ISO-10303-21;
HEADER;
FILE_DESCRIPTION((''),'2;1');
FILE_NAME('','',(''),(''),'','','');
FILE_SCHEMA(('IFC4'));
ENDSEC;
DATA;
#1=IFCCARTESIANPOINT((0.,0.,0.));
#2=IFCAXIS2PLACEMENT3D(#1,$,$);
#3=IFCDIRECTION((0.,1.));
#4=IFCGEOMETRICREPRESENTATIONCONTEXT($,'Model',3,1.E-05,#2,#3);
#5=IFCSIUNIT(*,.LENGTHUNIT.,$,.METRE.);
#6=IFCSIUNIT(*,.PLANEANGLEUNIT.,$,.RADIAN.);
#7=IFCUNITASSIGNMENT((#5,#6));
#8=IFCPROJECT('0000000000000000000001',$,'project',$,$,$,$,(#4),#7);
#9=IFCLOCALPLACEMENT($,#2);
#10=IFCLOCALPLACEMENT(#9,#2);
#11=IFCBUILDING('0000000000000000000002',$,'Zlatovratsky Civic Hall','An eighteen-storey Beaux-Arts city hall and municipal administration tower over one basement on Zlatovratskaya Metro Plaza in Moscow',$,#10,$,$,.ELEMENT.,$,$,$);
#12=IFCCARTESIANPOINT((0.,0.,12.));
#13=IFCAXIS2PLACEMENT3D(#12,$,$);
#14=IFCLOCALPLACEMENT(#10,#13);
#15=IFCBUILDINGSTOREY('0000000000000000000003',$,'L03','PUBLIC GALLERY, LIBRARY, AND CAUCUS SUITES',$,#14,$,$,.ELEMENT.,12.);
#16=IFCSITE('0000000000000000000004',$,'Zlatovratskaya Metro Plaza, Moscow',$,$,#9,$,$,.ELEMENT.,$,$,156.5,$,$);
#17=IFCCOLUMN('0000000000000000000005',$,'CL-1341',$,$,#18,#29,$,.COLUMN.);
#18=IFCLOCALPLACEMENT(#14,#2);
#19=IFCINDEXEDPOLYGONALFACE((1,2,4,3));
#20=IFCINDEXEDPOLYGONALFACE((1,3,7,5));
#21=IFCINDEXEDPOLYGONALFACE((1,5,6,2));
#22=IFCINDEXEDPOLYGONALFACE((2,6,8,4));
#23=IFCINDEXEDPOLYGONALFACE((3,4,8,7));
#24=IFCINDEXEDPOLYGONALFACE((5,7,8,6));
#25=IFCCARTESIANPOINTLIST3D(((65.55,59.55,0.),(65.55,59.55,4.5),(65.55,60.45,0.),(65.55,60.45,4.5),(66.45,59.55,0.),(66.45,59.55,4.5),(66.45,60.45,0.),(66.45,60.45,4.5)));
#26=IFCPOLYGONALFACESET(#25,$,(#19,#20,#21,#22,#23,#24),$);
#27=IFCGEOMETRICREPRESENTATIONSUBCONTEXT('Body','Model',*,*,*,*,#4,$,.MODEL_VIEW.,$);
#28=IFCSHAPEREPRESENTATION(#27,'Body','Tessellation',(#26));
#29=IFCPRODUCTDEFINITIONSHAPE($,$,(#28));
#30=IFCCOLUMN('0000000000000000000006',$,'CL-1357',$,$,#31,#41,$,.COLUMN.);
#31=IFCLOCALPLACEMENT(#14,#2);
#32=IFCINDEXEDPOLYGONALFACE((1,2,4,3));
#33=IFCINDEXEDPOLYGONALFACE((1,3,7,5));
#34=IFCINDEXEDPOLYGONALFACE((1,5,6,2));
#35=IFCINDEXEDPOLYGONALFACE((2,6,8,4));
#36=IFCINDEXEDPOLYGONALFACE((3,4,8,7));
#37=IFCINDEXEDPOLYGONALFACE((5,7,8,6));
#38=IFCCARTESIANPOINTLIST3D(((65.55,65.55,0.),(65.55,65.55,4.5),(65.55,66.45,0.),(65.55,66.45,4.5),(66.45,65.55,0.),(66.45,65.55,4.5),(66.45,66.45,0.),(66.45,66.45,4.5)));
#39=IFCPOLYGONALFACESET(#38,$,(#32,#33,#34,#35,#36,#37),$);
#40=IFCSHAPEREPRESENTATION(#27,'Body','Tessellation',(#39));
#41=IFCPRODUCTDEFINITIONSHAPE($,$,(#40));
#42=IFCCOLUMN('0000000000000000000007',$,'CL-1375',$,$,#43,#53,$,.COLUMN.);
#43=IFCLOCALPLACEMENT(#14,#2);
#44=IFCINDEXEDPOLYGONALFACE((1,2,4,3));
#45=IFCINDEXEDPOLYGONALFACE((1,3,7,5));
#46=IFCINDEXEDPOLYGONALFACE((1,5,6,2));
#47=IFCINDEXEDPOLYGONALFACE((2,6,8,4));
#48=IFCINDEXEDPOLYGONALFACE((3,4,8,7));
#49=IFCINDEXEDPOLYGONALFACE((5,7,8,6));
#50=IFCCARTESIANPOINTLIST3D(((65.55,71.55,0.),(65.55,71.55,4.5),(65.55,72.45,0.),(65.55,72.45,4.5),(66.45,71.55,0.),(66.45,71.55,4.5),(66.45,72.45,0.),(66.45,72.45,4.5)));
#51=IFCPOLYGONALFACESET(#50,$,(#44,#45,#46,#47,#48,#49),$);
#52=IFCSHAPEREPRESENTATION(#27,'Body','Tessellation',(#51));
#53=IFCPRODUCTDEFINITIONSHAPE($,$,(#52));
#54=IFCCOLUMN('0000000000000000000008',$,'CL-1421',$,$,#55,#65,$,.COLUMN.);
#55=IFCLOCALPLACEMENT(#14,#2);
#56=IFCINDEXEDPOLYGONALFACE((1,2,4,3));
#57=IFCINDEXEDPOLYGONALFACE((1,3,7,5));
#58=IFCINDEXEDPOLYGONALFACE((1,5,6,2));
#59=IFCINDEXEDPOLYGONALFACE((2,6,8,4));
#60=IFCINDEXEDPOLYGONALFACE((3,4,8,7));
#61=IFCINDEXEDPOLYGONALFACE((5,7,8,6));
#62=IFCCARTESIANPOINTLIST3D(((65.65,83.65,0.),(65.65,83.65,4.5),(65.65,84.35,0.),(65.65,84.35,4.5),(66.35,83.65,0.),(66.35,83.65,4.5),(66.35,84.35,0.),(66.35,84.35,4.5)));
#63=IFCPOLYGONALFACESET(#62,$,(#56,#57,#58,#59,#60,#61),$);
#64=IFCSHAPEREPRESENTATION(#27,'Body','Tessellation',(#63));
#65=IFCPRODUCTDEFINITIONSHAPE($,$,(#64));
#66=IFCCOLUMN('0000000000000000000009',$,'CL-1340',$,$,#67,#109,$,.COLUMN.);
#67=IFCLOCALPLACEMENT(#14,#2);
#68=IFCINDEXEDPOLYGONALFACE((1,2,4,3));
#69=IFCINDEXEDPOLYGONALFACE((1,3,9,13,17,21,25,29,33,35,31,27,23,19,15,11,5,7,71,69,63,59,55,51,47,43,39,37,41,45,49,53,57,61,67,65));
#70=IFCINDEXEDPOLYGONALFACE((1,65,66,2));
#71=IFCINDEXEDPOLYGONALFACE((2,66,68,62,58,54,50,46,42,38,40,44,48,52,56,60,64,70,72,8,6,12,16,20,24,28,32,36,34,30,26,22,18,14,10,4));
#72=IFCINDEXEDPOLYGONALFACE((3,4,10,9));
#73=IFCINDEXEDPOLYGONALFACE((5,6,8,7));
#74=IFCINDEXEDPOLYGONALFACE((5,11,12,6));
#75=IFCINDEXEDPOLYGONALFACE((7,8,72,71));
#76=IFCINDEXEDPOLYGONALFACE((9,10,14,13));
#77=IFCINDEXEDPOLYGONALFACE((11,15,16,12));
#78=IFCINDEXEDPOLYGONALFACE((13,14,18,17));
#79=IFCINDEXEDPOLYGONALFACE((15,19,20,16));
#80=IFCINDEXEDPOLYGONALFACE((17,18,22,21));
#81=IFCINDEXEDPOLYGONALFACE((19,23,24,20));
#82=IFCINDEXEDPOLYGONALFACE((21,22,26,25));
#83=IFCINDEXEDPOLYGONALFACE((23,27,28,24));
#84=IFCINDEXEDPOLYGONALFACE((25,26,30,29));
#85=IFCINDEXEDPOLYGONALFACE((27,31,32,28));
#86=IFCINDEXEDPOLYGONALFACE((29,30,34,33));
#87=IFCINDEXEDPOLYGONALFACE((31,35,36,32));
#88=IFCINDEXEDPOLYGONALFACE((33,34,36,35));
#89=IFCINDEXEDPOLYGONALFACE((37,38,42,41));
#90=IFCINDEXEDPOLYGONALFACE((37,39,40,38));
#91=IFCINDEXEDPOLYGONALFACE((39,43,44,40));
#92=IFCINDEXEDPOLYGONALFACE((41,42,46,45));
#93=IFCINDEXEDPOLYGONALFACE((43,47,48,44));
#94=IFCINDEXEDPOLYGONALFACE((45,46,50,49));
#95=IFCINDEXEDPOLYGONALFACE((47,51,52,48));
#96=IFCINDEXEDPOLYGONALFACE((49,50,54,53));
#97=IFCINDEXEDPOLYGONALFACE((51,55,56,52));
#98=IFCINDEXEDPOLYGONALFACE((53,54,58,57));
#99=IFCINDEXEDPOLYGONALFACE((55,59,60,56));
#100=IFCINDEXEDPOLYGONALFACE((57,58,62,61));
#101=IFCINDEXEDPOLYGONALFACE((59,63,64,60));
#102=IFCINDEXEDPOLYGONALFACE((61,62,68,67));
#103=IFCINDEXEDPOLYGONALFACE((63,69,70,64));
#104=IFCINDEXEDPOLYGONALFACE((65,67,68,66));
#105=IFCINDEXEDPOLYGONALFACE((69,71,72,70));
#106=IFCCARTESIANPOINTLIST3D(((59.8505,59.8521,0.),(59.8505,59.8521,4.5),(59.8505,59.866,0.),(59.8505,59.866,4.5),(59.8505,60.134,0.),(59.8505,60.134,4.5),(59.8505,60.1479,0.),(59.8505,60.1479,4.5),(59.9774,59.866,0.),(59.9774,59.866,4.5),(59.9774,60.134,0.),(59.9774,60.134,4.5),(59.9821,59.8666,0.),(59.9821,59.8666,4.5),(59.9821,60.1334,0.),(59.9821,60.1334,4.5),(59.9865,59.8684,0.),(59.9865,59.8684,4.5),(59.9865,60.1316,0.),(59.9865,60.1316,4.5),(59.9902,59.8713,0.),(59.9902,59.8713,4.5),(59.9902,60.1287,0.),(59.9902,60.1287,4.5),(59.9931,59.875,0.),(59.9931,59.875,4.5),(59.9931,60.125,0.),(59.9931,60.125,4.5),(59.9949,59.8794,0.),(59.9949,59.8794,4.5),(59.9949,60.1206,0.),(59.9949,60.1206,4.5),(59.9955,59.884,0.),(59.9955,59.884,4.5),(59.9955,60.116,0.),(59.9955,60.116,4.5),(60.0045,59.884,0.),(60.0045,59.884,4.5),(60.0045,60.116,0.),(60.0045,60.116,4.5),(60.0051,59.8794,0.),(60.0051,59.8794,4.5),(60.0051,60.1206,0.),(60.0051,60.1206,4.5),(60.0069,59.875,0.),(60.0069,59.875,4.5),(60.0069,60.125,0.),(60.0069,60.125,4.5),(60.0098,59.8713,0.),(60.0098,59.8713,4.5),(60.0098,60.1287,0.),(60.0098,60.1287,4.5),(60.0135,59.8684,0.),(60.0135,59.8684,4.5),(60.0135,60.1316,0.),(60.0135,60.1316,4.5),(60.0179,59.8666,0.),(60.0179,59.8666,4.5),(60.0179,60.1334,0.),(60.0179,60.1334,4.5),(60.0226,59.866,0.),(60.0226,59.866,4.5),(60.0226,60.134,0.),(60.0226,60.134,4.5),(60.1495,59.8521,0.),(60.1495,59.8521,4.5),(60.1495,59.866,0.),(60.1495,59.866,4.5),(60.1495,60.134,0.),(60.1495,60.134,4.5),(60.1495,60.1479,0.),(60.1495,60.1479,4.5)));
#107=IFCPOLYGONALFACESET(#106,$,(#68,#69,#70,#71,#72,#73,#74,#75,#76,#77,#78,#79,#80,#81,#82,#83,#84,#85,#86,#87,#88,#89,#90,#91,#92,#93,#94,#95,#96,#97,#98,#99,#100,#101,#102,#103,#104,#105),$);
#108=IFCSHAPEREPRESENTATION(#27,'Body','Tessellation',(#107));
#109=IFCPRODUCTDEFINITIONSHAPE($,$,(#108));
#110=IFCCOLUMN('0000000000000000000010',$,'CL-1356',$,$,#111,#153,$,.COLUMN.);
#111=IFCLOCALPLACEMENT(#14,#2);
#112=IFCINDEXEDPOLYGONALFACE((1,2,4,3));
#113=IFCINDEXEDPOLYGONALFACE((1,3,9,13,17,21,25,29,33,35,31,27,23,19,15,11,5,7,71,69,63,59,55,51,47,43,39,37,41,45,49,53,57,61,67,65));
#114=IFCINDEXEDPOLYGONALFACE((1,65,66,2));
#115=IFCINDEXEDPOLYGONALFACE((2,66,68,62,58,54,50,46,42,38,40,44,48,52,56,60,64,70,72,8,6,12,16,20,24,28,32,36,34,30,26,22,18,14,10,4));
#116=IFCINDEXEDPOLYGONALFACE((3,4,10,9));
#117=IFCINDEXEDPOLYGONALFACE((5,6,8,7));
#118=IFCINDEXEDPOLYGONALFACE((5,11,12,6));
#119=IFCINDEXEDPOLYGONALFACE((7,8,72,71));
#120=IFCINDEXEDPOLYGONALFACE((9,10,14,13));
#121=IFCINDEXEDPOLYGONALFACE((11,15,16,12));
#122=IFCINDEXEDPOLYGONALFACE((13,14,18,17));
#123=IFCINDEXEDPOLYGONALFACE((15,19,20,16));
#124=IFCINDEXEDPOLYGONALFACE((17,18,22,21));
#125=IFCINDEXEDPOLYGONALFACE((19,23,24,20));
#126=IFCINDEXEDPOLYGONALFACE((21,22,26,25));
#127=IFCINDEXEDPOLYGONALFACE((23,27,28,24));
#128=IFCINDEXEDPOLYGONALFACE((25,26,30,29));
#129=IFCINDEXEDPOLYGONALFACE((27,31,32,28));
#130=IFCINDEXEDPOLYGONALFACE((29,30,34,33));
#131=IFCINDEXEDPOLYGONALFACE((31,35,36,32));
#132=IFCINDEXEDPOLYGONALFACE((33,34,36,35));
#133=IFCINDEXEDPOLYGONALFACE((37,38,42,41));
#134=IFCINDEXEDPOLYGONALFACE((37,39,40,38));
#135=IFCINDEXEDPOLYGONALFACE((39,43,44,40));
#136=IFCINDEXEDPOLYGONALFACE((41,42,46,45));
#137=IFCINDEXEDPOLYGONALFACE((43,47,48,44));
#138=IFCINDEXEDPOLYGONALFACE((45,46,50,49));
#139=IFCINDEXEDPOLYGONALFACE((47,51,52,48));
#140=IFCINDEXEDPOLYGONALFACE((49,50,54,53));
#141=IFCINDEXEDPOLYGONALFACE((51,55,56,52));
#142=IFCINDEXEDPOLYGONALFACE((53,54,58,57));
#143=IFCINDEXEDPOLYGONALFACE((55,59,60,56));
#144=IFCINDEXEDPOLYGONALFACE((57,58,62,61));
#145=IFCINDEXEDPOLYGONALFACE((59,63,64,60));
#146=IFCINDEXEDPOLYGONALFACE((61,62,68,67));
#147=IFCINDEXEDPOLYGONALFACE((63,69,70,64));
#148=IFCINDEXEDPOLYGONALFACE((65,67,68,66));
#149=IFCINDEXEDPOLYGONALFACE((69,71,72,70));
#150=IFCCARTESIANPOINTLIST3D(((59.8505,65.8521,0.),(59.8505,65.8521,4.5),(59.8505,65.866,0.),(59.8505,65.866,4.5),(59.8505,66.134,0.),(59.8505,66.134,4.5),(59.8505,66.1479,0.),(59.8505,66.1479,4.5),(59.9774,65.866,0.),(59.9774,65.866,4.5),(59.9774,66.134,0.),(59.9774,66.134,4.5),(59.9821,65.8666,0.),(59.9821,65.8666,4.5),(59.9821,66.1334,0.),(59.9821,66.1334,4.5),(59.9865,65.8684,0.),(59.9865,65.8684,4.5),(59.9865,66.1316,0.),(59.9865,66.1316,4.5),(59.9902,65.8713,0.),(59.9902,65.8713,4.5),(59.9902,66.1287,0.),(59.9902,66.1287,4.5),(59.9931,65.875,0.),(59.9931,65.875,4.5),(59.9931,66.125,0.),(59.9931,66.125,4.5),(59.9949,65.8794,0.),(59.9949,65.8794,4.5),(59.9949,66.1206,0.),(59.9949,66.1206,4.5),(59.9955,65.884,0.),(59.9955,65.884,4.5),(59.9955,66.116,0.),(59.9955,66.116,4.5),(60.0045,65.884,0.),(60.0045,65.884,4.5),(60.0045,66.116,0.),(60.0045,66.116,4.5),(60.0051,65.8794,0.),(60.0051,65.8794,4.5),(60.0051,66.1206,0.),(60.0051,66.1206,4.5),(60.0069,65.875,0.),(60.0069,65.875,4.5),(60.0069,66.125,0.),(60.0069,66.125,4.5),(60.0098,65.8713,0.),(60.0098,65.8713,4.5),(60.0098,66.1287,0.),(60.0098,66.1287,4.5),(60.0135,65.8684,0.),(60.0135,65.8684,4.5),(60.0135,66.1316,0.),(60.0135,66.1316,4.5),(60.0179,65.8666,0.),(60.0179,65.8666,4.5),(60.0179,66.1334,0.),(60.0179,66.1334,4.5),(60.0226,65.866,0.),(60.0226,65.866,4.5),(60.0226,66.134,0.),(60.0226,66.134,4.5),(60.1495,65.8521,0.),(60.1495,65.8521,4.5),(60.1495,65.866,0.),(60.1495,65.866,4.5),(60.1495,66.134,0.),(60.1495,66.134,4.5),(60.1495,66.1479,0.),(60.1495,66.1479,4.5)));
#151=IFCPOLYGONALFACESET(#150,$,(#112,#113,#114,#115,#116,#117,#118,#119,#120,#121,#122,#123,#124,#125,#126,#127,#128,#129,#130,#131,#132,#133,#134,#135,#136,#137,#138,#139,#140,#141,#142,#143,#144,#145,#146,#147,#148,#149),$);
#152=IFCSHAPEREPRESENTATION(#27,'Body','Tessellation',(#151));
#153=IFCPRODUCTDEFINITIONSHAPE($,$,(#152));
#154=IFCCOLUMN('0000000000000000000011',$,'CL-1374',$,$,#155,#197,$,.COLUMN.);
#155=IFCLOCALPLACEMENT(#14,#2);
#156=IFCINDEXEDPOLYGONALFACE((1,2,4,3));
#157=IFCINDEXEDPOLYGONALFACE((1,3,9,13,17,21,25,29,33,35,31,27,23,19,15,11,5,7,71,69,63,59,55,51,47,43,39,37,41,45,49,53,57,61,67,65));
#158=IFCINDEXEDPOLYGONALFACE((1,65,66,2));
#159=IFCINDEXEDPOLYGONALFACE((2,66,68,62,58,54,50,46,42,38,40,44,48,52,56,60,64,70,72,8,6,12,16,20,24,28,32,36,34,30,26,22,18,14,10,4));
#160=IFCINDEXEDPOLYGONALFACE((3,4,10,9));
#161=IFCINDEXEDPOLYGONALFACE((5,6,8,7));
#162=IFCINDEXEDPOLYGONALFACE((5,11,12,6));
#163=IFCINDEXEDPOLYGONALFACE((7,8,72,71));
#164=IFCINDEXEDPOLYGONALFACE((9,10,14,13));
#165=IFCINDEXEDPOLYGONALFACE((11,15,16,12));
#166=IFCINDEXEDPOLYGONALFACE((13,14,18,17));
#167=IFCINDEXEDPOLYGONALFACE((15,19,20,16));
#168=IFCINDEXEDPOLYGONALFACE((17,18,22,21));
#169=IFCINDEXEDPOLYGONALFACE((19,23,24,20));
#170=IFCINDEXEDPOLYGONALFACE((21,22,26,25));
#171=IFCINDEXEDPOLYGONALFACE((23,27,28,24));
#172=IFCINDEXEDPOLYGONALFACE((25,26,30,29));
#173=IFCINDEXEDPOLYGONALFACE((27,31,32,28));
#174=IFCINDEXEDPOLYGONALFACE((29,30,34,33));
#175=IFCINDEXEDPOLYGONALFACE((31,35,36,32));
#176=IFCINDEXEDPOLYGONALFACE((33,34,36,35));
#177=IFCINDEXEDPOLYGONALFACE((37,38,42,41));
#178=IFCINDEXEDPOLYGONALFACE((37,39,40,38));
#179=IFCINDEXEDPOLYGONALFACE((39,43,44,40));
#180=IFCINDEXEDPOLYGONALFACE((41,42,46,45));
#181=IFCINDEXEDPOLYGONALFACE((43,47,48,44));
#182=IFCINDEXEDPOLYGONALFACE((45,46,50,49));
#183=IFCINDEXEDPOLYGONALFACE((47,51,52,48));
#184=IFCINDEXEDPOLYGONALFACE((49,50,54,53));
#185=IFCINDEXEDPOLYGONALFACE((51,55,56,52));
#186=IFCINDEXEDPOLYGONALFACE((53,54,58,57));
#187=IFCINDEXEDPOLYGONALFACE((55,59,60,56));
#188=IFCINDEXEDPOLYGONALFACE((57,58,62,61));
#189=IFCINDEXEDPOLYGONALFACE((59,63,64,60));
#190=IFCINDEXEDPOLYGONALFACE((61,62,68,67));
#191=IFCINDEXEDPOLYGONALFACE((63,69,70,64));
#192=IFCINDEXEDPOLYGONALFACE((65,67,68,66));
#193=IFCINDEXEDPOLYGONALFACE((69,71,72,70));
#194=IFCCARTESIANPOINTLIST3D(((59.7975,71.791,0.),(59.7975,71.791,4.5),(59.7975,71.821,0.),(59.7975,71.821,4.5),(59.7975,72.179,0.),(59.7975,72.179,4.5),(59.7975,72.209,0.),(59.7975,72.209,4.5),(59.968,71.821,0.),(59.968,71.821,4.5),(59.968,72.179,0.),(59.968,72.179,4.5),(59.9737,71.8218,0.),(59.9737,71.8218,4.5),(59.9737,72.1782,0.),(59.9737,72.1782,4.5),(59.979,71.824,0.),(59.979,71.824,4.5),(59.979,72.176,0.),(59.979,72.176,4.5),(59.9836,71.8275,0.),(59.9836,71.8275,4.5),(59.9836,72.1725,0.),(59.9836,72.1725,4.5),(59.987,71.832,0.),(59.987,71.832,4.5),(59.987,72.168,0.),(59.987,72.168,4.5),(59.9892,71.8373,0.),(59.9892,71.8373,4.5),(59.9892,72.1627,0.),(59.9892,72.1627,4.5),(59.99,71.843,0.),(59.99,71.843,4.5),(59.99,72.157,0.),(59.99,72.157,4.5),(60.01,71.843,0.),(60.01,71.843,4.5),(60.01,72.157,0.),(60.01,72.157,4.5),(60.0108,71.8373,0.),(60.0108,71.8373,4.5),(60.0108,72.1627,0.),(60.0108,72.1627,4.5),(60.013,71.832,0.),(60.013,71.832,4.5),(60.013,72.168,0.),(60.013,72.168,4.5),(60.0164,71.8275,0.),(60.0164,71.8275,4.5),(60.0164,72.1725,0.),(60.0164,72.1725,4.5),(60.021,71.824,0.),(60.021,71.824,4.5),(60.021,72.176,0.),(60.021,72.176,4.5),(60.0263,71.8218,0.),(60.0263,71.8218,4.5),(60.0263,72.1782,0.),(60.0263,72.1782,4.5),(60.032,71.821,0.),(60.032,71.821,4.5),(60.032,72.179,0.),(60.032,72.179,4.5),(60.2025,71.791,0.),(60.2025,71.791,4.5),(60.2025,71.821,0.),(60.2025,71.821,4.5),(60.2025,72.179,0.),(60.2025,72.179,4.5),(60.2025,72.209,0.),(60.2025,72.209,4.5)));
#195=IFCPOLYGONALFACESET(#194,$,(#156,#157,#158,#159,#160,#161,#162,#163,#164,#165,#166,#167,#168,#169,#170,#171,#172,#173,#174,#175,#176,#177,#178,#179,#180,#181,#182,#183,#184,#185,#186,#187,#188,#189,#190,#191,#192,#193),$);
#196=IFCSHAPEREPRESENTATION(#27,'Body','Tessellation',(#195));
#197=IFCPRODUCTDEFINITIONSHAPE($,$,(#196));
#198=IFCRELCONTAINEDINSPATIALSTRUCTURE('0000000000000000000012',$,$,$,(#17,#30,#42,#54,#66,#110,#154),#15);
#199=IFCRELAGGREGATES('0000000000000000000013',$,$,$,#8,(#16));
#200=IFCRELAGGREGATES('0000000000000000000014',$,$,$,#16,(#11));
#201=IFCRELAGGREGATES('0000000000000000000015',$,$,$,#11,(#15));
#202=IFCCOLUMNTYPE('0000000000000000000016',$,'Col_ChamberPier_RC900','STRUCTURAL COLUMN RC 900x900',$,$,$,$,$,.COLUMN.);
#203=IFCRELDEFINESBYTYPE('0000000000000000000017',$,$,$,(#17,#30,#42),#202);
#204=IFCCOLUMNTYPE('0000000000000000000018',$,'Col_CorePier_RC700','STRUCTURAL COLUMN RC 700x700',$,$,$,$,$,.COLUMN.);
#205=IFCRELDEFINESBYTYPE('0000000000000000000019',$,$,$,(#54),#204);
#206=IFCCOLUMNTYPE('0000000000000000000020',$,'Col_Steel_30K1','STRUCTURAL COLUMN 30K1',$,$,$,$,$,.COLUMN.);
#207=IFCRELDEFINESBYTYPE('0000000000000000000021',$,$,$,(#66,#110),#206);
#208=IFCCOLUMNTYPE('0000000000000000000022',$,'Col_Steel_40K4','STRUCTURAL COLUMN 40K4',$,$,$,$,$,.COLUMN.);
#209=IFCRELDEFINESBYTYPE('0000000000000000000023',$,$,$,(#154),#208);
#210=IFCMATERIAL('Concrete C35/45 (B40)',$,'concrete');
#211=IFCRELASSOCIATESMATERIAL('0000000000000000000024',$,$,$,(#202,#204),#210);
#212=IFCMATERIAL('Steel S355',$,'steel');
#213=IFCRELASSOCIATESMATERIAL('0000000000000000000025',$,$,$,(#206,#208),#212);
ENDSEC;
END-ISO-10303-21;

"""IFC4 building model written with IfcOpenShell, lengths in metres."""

from ifc_helpers import new_model, si_unit, direction, frame, origin, origin_2d, place, context, subcontext, project, spatial, rectangle, i_section, extrude, material, material_profile, profile_set, type_object, element, save


model = new_model("IFC4")

# Units and contexts
model_context = context("Model", 3, precision=1e-05, world=origin(), true_north=direction((0.0, 1.0)))
body_context = subcontext(model_context, "Body", "Model", "MODEL_VIEW")
ifc_project = project(units=[si_unit("LENGTHUNIT", "METRE"), si_unit("PLANEANGLEUNIT", "RADIAN")], contexts=[model_context])

# Site, building, storey
site_placement = place(None, origin())
site = spatial("IfcSite", under=ifc_project, at=site_placement, Name="Zlatovratskaya Metro Plaza, Moscow", CompositionType="ELEMENT", RefElevation=156.5)
building_placement = place(site_placement, origin())
building = spatial("IfcBuilding", under=site, at=building_placement, Name="Zlatovratsky Civic Hall", Description="An eighteen-storey Beaux-Arts city hall and municipal administration tower over one basement on Zlatovratskaya Metro Plaza in Moscow", CompositionType="ELEMENT")
storey_placement = place(building_placement, frame((0.0, 0.0, 12.0)))
storey = spatial("IfcBuildingStorey", under=building, at=storey_placement, Name="L03", Description="PUBLIC GALLERY, LIBRARY, AND CAUCUS SUITES", CompositionType="ELEMENT", Elevation=12.0)

# Columns
ifc_material_1 = material(Name="Concrete C35/45 (B40)", Category="concrete")
ifc_material_profile_1 = material_profile(ifc_material_1, rectangle(XDim=0.8999, YDim=0.8999, at=origin_2d()), Name="RC 900x900")
ifc_profile_set_1 = profile_set([ifc_material_profile_1], Name="Concrete C35/45 (B40)")
column_type_1 = type_object("IfcColumnType", Name="Col_ChamberPier_RC900", Description="STRUCTURAL COLUMN RC 900x900", PredefinedType="COLUMN", material=ifc_profile_set_1)
for number, where, z_axis, x_axis, name in (
    (1, (66.0, 60.0, 0.0), (0.0, 0.0, 1.0), (1.0, 0.0, 0.0), "CL-1341"),
    (2, (66.0, 66.0, 0.0), (0.0, 0.0, 1.0), (1.0, 0.0, 0.0), "CL-1357"),
    (3, (66.0, 72.0, 0.0), (0.0, 0.0, 1.0), (1.0, 0.0, 0.0), "CL-1375"),
):
    element("IfcColumn", number, at=place(storey_placement, frame(where, z_axis=z_axis, x_axis=x_axis)), inside=storey, type_object=column_type_1, Name=name, PredefinedType="COLUMN", context=body_context, shape_type="SweptSolid", body=[
        extrude(rectangle(XDim=0.8999, YDim=0.8999, at=origin_2d()), origin(), (0.0, 0.0, 1.0), 4.5),
    ])
ifc_material_profile_2 = material_profile(ifc_material_1, rectangle(XDim=0.7, YDim=0.7, at=origin_2d()), Name="RC 700x700")
ifc_profile_set_2 = profile_set([ifc_material_profile_2], Name="Concrete C35/45 (B40)")
column_type_2 = type_object("IfcColumnType", Name="Col_CorePier_RC700", Description="STRUCTURAL COLUMN RC 700x700", PredefinedType="COLUMN", material=ifc_profile_set_2)
column_placement = place(storey_placement, frame((66.0, 84.0, 0.0), z_axis=(0.0, 0.0, 1.0), x_axis=(1.0, 0.0, 0.0)))
element("IfcColumn", 4, at=column_placement, inside=storey, type_object=column_type_2, Name="CL-1421", PredefinedType="COLUMN", context=body_context, shape_type="SweptSolid", body=[
    extrude(rectangle(XDim=0.7, YDim=0.7, at=origin_2d()), origin(), (0.0, 0.0, 1.0), 4.5),
])
ifc_material_2 = material(Name="Steel S355", Category="steel")
ifc_material_profile_3 = material_profile(ifc_material_2, i_section(OverallWidth=0.2991, OverallDepth=0.2959, WebThickness=0.009, FlangeThickness=0.0139, FilletRadius=0.0181, at=origin_2d()), Name="30K1")
ifc_profile_set_3 = profile_set([ifc_material_profile_3], Name="Steel S355")
column_type_3 = type_object("IfcColumnType", Name="Col_Steel_30K1", Description="STRUCTURAL COLUMN 30K1", PredefinedType="COLUMN", material=ifc_profile_set_3)
for number, where, z_axis, x_axis, name in (
    (5, (60.0, 60.0, 0.0), (0.0, 0.0, 1.0), (1.0, 0.0, 0.0), "CL-1340"),
    (6, (60.0, 66.0, 0.0), (0.0, 0.0, 1.0), (1.0, 0.0, 0.0), "CL-1356"),
):
    element("IfcColumn", number, at=place(storey_placement, frame(where, z_axis=z_axis, x_axis=x_axis)), inside=storey, type_object=column_type_3, Name=name, PredefinedType="COLUMN", context=body_context, shape_type="SweptSolid", body=[
        extrude(i_section(OverallWidth=0.2991, OverallDepth=0.2959, WebThickness=0.009, FlangeThickness=0.0139, FilletRadius=0.0181, at=origin_2d()), origin(), (0.0, 0.0, 1.0), 4.5),
    ])
ifc_material_profile_4 = material_profile(ifc_material_2, i_section(OverallWidth=0.405, OverallDepth=0.418, WebThickness=0.02, FlangeThickness=0.03, FilletRadius=0.022, at=origin_2d()), Name="40K4")
ifc_profile_set_4 = profile_set([ifc_material_profile_4], Name="Steel S355")
column_type_4 = type_object("IfcColumnType", Name="Col_Steel_40K4", Description="STRUCTURAL COLUMN 40K4", PredefinedType="COLUMN", material=ifc_profile_set_4)
for number, where, z_axis, x_axis, name in (
    (7, (60.0, 72.0, 0.0), (0.0, 0.0, 1.0), (1.0, 0.0, 0.0), "CL-1374"),
):
    element("IfcColumn", number, at=place(storey_placement, frame(where, z_axis=z_axis, x_axis=x_axis)), inside=storey, type_object=column_type_4, Name=name, PredefinedType="COLUMN", context=body_context, shape_type="SweptSolid", body=[
        extrude(i_section(OverallWidth=0.405, OverallDepth=0.418, WebThickness=0.02, FlangeThickness=0.03, FilletRadius=0.022, at=origin_2d()), origin(), (0.0, 0.0, 1.0), 4.5),
    ])

save(model, "model.ifc")
